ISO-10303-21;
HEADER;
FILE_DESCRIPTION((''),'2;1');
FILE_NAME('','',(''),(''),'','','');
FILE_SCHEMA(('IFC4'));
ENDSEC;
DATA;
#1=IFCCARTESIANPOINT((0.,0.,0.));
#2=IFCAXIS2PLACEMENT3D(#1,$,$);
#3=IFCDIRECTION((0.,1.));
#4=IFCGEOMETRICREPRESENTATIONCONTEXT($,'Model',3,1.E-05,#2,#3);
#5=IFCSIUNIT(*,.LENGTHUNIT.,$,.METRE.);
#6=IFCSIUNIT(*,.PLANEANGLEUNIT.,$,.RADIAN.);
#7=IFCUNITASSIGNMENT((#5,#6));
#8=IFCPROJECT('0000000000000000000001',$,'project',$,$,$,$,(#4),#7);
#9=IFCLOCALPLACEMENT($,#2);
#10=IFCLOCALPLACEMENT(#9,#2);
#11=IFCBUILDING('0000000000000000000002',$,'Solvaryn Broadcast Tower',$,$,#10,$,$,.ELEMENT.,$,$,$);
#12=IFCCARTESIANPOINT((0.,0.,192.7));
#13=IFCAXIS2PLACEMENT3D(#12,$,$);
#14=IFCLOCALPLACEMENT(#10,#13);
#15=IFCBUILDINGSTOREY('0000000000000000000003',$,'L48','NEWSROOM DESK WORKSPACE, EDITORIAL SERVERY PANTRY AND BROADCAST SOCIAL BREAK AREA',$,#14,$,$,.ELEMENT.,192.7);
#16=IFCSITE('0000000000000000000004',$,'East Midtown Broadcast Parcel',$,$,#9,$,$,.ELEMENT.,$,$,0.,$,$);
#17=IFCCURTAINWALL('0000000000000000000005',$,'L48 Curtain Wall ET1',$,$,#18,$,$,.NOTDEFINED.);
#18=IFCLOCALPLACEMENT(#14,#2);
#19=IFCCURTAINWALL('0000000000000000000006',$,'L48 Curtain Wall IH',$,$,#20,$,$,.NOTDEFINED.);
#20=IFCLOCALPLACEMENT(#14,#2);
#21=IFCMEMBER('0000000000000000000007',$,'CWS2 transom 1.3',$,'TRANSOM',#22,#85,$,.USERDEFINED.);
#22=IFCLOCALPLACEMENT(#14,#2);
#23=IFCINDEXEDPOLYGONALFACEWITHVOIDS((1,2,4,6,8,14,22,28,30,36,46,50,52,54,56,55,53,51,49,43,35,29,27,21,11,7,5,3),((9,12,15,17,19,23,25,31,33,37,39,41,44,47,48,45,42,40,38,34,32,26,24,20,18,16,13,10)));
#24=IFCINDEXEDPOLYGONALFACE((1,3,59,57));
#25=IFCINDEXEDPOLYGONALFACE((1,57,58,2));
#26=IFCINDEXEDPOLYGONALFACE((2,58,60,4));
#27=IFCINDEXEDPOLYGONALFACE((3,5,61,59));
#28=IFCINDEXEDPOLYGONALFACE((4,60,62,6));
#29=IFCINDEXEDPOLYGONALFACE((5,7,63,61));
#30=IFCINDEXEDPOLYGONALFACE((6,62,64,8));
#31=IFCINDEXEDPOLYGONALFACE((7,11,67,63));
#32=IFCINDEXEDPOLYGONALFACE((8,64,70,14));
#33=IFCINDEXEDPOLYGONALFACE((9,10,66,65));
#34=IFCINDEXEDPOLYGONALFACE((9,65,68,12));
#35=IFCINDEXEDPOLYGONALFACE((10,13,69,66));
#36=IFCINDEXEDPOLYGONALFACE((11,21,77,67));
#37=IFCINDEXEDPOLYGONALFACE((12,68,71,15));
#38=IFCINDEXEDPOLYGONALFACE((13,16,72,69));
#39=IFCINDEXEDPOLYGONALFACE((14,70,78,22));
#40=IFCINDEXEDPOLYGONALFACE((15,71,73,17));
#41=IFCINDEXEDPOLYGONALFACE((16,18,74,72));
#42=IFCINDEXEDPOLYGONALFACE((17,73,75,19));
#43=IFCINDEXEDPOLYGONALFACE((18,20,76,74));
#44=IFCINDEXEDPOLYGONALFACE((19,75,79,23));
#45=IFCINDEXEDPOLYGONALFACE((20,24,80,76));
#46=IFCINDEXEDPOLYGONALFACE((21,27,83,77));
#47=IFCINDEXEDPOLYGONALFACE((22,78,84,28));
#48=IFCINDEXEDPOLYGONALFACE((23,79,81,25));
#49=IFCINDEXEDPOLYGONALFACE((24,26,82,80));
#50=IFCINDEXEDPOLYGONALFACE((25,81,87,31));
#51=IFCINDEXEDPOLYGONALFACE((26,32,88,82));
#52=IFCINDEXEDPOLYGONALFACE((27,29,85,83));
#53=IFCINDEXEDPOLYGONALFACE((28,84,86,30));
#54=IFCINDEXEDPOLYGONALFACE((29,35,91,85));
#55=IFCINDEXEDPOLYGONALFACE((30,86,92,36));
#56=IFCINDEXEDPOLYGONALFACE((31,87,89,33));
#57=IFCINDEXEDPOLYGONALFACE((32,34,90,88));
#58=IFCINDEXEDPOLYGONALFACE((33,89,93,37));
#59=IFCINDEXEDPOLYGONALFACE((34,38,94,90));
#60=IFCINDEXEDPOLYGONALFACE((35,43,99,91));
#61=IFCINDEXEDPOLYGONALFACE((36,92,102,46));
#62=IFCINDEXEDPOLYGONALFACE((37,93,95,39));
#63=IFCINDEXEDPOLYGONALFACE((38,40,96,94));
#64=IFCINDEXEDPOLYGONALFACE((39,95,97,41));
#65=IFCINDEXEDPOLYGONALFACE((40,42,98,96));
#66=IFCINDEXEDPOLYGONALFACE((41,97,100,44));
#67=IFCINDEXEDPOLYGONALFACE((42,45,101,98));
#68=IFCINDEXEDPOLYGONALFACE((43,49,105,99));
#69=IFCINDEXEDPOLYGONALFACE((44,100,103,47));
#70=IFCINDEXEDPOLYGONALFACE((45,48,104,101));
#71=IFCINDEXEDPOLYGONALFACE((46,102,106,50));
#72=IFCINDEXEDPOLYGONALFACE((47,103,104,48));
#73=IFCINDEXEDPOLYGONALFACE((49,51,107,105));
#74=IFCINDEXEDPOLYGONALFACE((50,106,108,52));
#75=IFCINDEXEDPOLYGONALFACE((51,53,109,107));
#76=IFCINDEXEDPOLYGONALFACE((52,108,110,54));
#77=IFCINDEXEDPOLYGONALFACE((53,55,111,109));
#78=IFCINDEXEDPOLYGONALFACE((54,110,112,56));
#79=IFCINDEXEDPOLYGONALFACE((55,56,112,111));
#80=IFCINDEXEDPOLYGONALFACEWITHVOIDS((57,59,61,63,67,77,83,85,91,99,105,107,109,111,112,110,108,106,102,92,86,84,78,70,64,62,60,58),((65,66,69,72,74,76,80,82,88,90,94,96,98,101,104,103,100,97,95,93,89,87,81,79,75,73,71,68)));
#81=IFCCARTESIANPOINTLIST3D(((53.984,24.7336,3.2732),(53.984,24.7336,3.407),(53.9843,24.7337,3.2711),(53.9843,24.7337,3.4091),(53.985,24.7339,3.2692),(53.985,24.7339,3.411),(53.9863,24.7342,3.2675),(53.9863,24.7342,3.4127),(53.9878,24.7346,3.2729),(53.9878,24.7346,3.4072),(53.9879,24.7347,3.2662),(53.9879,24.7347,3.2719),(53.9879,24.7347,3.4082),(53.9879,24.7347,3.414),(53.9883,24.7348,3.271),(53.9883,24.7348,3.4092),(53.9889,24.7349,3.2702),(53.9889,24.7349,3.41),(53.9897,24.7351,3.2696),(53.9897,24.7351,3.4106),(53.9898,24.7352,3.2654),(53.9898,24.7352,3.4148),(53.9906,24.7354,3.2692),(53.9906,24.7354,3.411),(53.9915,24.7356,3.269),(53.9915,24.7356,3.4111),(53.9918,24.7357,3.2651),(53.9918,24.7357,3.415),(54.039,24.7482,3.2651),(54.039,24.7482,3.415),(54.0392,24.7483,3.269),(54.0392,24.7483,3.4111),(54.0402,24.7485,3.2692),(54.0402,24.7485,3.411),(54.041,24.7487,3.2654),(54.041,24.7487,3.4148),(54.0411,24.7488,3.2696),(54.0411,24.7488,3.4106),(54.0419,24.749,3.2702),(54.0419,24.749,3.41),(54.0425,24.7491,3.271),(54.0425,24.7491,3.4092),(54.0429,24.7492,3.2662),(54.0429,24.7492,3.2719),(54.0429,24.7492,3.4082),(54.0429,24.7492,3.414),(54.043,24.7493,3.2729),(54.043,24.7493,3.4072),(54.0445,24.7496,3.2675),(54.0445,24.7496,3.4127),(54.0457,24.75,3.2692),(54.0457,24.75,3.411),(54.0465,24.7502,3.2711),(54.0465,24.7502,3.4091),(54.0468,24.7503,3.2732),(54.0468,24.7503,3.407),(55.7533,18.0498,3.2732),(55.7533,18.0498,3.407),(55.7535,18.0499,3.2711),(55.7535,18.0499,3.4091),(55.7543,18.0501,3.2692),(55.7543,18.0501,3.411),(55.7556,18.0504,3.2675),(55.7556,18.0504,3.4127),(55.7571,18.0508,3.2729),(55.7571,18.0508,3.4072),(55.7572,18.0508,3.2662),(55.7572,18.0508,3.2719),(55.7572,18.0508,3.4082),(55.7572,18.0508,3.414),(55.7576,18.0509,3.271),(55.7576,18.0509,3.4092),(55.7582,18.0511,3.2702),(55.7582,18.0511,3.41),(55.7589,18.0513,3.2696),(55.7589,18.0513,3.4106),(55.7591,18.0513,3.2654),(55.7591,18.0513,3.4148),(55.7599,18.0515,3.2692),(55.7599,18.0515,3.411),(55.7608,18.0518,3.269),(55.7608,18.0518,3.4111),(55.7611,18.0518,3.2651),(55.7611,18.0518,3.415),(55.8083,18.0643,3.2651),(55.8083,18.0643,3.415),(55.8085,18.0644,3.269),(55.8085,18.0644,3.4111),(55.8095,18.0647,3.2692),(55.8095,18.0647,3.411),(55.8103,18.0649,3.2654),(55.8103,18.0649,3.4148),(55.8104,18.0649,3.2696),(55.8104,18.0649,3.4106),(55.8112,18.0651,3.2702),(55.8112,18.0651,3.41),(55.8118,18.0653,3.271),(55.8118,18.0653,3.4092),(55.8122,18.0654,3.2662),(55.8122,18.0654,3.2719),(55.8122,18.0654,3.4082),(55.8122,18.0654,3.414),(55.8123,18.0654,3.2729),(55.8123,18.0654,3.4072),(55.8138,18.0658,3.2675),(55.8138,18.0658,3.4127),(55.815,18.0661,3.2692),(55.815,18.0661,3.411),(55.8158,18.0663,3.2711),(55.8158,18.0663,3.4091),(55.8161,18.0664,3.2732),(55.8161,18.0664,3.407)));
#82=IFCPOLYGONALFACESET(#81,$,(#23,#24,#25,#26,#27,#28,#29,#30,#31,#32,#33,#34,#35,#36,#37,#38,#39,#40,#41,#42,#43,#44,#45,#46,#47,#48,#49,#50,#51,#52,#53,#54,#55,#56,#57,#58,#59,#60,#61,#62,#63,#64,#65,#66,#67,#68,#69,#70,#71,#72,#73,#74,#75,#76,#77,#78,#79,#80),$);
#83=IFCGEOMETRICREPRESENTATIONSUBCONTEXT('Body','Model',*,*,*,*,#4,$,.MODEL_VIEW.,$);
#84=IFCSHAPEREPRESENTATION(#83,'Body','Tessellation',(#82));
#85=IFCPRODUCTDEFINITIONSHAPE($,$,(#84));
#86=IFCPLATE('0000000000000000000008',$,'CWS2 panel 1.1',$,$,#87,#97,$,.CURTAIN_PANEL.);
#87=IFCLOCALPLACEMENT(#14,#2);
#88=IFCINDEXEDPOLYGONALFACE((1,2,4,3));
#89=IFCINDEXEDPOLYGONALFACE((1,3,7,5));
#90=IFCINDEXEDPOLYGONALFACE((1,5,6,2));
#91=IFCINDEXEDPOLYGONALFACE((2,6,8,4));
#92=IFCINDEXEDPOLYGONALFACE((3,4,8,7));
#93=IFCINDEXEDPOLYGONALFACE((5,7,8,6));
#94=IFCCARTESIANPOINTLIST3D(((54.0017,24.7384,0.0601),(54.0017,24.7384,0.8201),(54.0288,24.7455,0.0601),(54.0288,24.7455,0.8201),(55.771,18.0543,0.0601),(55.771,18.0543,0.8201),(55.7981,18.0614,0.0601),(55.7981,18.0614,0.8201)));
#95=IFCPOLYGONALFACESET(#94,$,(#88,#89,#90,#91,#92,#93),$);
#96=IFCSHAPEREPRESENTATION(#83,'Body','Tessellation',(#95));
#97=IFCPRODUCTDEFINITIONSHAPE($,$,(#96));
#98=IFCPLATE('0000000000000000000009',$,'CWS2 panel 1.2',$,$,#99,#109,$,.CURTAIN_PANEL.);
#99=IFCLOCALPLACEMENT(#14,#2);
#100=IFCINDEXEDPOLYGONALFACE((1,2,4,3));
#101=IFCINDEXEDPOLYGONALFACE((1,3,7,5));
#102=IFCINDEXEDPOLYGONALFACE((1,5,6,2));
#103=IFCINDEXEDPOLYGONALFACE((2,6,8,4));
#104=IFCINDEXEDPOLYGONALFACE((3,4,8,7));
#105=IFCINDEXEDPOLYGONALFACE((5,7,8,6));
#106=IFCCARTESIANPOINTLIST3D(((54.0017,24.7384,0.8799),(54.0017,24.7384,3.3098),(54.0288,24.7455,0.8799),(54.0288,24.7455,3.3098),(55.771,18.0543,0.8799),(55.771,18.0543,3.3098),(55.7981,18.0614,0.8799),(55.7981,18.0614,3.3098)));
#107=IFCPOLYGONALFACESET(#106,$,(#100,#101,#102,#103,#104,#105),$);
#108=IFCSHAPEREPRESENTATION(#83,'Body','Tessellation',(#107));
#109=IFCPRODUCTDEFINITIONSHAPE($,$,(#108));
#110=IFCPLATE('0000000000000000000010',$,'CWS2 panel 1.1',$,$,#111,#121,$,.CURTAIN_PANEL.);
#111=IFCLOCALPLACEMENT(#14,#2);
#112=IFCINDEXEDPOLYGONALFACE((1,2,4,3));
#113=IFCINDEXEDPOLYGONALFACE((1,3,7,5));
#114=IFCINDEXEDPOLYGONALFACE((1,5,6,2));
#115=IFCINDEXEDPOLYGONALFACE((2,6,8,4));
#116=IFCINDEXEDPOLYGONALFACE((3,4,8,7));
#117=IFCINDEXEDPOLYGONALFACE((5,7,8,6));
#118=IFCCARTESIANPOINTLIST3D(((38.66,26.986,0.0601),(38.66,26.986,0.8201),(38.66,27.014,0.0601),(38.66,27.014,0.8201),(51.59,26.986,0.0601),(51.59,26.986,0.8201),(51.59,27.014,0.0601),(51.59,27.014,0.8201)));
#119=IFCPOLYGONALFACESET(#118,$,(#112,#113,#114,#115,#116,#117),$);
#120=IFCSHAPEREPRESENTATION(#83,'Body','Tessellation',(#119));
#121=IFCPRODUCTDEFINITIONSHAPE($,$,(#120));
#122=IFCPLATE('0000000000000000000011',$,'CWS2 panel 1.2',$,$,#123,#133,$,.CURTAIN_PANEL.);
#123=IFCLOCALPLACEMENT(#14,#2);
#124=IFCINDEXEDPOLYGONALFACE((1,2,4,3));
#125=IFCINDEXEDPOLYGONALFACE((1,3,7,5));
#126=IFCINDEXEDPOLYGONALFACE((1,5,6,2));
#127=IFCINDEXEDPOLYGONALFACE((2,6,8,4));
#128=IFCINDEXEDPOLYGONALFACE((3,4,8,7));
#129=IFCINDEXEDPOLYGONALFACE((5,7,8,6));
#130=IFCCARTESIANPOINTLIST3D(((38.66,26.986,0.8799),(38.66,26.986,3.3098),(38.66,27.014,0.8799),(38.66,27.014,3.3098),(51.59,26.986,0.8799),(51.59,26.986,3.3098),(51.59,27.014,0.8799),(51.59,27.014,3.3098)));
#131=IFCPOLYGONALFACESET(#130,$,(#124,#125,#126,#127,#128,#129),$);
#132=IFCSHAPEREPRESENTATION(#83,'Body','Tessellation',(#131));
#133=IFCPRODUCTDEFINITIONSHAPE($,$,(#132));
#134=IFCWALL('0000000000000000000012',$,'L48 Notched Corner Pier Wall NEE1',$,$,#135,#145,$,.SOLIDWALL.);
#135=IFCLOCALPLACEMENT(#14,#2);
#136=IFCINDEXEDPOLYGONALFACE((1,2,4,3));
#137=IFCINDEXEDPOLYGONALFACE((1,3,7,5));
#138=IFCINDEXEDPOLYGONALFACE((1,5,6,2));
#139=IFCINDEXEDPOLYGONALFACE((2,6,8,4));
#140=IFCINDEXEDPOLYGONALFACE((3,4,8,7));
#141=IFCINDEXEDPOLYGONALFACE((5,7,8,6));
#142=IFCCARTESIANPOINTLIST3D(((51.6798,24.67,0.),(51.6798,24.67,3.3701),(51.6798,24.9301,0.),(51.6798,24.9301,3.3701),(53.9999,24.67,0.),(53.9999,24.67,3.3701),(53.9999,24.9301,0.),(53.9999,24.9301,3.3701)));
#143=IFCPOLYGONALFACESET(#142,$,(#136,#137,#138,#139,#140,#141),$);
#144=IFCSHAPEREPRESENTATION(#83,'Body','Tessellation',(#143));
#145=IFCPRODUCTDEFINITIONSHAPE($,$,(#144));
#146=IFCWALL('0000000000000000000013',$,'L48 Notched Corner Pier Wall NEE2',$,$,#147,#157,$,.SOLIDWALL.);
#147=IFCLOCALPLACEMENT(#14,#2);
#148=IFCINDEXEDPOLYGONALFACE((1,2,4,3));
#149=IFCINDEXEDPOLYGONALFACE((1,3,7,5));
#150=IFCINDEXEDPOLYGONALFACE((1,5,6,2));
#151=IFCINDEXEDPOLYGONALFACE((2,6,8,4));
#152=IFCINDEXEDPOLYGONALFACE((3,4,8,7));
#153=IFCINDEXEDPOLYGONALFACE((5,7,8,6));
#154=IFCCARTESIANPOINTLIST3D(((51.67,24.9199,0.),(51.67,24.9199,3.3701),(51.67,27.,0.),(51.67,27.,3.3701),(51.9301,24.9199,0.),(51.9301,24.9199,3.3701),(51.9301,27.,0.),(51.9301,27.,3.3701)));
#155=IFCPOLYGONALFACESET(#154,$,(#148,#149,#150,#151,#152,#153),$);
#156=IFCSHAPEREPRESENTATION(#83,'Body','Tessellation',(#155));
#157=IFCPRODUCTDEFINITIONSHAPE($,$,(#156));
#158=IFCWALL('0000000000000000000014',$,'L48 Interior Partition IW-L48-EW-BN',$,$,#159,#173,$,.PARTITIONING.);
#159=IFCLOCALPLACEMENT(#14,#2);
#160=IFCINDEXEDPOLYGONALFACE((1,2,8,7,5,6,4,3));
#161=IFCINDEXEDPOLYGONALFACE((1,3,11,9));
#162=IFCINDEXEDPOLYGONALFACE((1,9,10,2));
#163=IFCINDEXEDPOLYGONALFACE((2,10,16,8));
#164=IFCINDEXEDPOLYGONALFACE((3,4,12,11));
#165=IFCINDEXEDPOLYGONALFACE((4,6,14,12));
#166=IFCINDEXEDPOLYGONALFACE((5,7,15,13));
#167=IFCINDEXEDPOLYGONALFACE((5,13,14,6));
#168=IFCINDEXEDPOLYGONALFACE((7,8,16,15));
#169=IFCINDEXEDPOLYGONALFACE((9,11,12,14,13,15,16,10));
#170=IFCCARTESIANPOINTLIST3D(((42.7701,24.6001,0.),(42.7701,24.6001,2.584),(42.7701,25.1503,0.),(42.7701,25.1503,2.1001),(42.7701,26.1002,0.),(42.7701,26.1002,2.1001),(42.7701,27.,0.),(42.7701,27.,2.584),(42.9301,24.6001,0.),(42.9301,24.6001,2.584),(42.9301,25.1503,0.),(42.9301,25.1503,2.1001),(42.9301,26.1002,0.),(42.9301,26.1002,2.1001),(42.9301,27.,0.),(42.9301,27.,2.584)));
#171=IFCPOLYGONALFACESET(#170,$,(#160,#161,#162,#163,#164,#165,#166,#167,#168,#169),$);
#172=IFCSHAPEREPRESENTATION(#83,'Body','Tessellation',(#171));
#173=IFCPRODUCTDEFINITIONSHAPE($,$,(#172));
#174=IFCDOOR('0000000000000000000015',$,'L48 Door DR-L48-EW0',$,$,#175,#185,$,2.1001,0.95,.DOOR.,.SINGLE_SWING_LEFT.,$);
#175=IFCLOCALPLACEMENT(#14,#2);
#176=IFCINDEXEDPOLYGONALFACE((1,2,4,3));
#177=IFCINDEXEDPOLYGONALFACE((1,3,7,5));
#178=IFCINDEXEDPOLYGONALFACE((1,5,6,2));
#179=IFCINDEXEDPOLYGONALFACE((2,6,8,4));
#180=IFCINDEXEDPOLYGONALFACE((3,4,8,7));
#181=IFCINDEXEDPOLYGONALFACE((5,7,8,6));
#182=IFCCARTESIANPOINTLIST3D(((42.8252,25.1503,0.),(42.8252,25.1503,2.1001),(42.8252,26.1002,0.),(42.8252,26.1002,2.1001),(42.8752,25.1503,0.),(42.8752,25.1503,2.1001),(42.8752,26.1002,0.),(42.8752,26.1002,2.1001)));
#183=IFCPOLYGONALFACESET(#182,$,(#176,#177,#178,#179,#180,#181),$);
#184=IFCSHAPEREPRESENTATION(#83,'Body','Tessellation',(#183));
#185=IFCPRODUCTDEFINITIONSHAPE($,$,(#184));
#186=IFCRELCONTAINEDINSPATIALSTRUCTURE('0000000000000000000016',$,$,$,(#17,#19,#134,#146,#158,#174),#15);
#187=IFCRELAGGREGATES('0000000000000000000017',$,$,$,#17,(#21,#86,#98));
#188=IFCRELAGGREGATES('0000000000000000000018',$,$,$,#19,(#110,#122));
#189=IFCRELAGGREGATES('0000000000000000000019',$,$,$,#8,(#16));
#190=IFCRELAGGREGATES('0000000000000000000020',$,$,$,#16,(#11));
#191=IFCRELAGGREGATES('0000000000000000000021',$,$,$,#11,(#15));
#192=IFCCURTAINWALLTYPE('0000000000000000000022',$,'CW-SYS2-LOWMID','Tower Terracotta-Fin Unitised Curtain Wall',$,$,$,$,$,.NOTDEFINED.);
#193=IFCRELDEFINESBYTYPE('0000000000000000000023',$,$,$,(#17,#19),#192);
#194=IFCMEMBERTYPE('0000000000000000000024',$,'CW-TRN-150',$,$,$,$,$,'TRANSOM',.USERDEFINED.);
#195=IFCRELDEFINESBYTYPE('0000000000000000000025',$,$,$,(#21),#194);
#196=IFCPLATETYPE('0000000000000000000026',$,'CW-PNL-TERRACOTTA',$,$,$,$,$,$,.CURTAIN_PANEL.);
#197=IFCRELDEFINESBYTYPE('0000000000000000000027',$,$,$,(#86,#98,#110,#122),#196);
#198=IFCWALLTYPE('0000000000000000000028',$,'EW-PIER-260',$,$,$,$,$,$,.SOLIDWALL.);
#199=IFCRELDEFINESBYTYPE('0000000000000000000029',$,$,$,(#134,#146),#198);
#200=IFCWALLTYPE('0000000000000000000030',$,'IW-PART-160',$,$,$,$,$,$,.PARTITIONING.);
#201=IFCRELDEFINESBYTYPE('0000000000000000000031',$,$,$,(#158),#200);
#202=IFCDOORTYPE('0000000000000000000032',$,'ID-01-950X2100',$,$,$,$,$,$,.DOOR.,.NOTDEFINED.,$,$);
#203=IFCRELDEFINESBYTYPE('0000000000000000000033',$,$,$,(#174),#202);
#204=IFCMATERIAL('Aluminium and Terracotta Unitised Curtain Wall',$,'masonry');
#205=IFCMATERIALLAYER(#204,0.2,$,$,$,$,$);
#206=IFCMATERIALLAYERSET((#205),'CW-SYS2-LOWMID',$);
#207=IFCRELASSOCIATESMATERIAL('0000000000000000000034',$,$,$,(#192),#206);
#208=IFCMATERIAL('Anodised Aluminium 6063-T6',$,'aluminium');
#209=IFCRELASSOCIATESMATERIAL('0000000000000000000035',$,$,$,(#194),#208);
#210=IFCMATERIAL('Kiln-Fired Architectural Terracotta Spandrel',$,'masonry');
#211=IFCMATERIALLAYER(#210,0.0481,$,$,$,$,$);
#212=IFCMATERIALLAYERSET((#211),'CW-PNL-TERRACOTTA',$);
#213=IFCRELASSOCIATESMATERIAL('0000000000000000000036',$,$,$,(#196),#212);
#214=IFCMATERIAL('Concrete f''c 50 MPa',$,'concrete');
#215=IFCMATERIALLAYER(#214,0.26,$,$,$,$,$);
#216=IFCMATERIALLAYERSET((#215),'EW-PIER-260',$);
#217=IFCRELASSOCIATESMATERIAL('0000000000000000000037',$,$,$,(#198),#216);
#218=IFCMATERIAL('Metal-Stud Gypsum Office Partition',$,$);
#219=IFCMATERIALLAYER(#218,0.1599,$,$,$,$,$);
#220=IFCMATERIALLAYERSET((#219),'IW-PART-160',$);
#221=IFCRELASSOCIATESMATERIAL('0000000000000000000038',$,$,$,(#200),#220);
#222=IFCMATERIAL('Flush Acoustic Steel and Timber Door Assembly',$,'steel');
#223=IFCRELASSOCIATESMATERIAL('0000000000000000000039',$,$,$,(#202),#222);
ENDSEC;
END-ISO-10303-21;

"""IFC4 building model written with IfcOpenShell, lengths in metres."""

from ifc_helpers import new_model, si_unit, direction, frame, frame_2d, origin, origin_2d, place, context, subcontext, project, spatial, rectangle, hollow_rectangle, extrude, material, layer, layer_set, material_profile, profile_set, type_object, element, fill, aggregate, save


model = new_model("IFC4")

# Units and contexts
model_context = context("Model", 3, precision=1e-05, world=origin(), true_north=direction((0.0, 1.0)))
body_context = subcontext(model_context, "Body", "Model", "MODEL_VIEW")
ifc_project = project(units=[si_unit("LENGTHUNIT", "METRE"), si_unit("PLANEANGLEUNIT", "RADIAN")], contexts=[model_context])

# Site, building, storey
site_placement = place(None, origin())
site = spatial("IfcSite", under=ifc_project, at=site_placement, Name="East Midtown Broadcast Parcel", CompositionType="ELEMENT", RefElevation=0.0)
building_placement = place(site_placement, origin())
building = spatial("IfcBuilding", under=site, at=building_placement, Name="Solvaryn Broadcast Tower", CompositionType="ELEMENT")
storey_placement = place(building_placement, frame((0.0, 0.0, 192.7)))
storey = spatial("IfcBuildingStorey", under=building, at=storey_placement, Name="L48", Description="NEWSROOM DESK WORKSPACE, EDITORIAL SERVERY PANTRY AND BROADCAST SOCIAL BREAK AREA", CompositionType="ELEMENT", Elevation=192.7)

# Curtain walls
ifc_material_1 = material(Name="Aluminium and Terracotta Unitised Curtain Wall", Category="masonry")
ifc_layer_1 = layer(ifc_material_1, 0.2)
ifc_layer_set_1 = layer_set([ifc_layer_1], Name="CW-SYS2-LOWMID")
curtain_wall_type = type_object("IfcCurtainWallType", Name="CW-SYS2-LOWMID", Description="Tower Terracotta-Fin Unitised Curtain Wall", PredefinedType="NOTDEFINED", material=ifc_layer_set_1)
curtain_wall_1_placement = place(storey_placement, origin())
curtain_wall_1 = element("IfcCurtainWall", 1, at=curtain_wall_1_placement, inside=storey, type_object=curtain_wall_type, Name="L48 Curtain Wall ET1", PredefinedType="NOTDEFINED")
curtain_wall_2_placement = place(storey_placement, origin())
curtain_wall_2 = element("IfcCurtainWall", 2, at=curtain_wall_2_placement, inside=storey, type_object=curtain_wall_type, Name="L48 Curtain Wall IH", PredefinedType="NOTDEFINED")

# Member
ifc_material_2 = material(Name="Anodised Aluminium 6063-T6", Category="aluminium")
ifc_material_profile_1 = material_profile(ifc_material_2, hollow_rectangle(XDim=0.0649, YDim=0.1499, WallThickness=0.0039, InnerFilletRadius=0.0039, OuterFilletRadius=0.0081, at=origin_2d()))
ifc_profile_set_1 = profile_set([ifc_material_profile_1], Name="Anodised Aluminium 6063-T6")
member_type_1 = type_object("IfcMemberType", Name="CW-TRN-150", ElementType="TRANSOM", PredefinedType="USERDEFINED", material=ifc_profile_set_1)
member_1_placement = place(storey_placement, frame((54.0154, 24.7419, 3.3401), z_axis=(0.255897, -0.966704, 0.0), x_axis=(0.966704, 0.255897, 0.0)))
member_1 = element("IfcMember", 3, at=member_1_placement, type_object=member_type_1, Name="CWS2 transom 1.3", ObjectType="TRANSOM", PredefinedType="USERDEFINED", context=body_context, shape_type="SweptSolid", body=[
    extrude(hollow_rectangle(XDim=0.0649, YDim=0.1499, WallThickness=0.0039, InnerFilletRadius=0.0039, OuterFilletRadius=0.0081, at=origin_2d()), origin(), (0.0, 0.0, 1.0), 6.9141),
])

# Plates
ifc_material_3 = material(Name="Kiln-Fired Architectural Terracotta Spandrel", Category="masonry")
ifc_layer_2 = layer(ifc_material_3, 0.0481)
ifc_layer_set_2 = layer_set([ifc_layer_2], Name="CW-PNL-TERRACOTTA")
plate_type = type_object("IfcPlateType", Name="CW-PNL-TERRACOTTA", PredefinedType="CURTAIN_PANEL", material=ifc_layer_set_2)
plate_1_placement = place(storey_placement, frame((54.8999, 21.3999, 0.0601), z_axis=(0.0, 0.0, 1.0), x_axis=(0.255893, -0.966705, 0.0)))
plate_1 = element("IfcPlate", 4, at=plate_1_placement, type_object=plate_type, Name="CWS2 panel 1.1", PredefinedType="CURTAIN_PANEL", context=body_context, shape_type="SweptSolid", body=[
    extrude(rectangle(XDim=6.9143, YDim=0.0281, at=origin_2d()), origin(), (0.0, 0.0, 1.0), 0.76),
])
plate_2_placement = place(storey_placement, frame((54.8999, 21.3999, 0.8799), z_axis=(0.0, 0.0, 1.0), x_axis=(0.255893, -0.966705, 0.0)))
plate_2 = element("IfcPlate", 5, at=plate_2_placement, type_object=plate_type, Name="CWS2 panel 1.2", PredefinedType="CURTAIN_PANEL", context=body_context, shape_type="SweptSolid", body=[
    extrude(rectangle(XDim=6.9143, YDim=0.0281, at=origin_2d()), origin(), (0.0, 0.0, 1.0), 2.4299),
])
aggregate(curtain_wall_1, [member_1, plate_1, plate_2])
plate_3_placement = place(storey_placement, frame((45.125, 27.0, 0.0601), z_axis=(0.0, 0.0, 1.0), x_axis=(1.0, 0.0, 0.0)))
plate_3 = element("IfcPlate", 6, at=plate_3_placement, type_object=plate_type, Name="CWS2 panel 1.1", PredefinedType="CURTAIN_PANEL", context=body_context, shape_type="SweptSolid", body=[
    extrude(rectangle(XDim=12.9299, YDim=0.0281, at=origin_2d()), origin(), (0.0, 0.0, 1.0), 0.76),
])
plate_4_placement = place(storey_placement, frame((45.125, 27.0, 0.8799), z_axis=(0.0, 0.0, 1.0), x_axis=(1.0, 0.0, 0.0)))
plate_4 = element("IfcPlate", 7, at=plate_4_placement, type_object=plate_type, Name="CWS2 panel 1.2", PredefinedType="CURTAIN_PANEL", context=body_context, shape_type="SweptSolid", body=[
    extrude(rectangle(XDim=12.9299, YDim=0.0281, at=origin_2d()), origin(), (0.0, 0.0, 1.0), 2.4299),
])
aggregate(curtain_wall_2, [plate_3, plate_4])

# Walls
ifc_material_4 = material(Name="Concrete f'c 50 MPa", Category="concrete")
ifc_layer_3 = layer(ifc_material_4, 0.26)
ifc_layer_set_3 = layer_set([ifc_layer_3], Name="EW-PIER-260")
wall_type_1 = type_object("IfcWallType", Name="EW-PIER-260", PredefinedType="SOLIDWALL", material=ifc_layer_set_3)
wall_1_placement = place(storey_placement, frame((54.0, 24.8, 0.0), z_axis=(0.0, 0.0, 1.0), x_axis=(-1.0, 0.0, 0.0)))
element("IfcWall", 8, at=wall_1_placement, inside=storey, type_object=wall_type_1, Name="L48 Notched Corner Pier Wall NEE1", PredefinedType="SOLIDWALL", context=body_context, shape_type="SweptSolid", body=[
    extrude(rectangle(XDim=2.3201, YDim=0.26, at=frame_2d((1.1602, 0.0))), origin(), (0.0, 0.0, 1.0), 3.3701),
])
wall_2_placement = place(storey_placement, frame((51.8, 24.9199, 0.0), z_axis=(0.0, 0.0, 1.0), x_axis=(0.0, 1.0, 0.0)))
element("IfcWall", 9, at=wall_2_placement, inside=storey, type_object=wall_type_1, Name="L48 Notched Corner Pier Wall NEE2", PredefinedType="SOLIDWALL", context=body_context, shape_type="SweptSolid", body=[
    extrude(rectangle(XDim=2.0801, YDim=0.26, at=frame_2d((1.04, 0.0))), origin(), (0.0, 0.0, 1.0), 3.3701),
])

# Wall, opening, door
ifc_material_5 = material(Name="Metal-Stud Gypsum Office Partition")
ifc_layer_4 = layer(ifc_material_5, 0.1599)
ifc_layer_set_4 = layer_set([ifc_layer_4], Name="IW-PART-160")
wall_type_2 = type_object("IfcWallType", Name="IW-PART-160", PredefinedType="PARTITIONING", material=ifc_layer_set_4)
wall_3_placement = place(storey_placement, frame((42.8501, 24.6001, 0.0), z_axis=(0.0, 0.0, 1.0), x_axis=(0.0, 1.0, 0.0)))
wall_3 = element("IfcWall", 10, at=wall_3_placement, inside=storey, type_object=wall_type_2, Name="L48 Interior Partition IW-L48-EW-BN", PredefinedType="PARTITIONING", context=body_context, shape_type="SweptSolid", body=[
    extrude(rectangle(XDim=2.3999, YDim=0.1599, at=frame_2d((1.2, 0.0))), origin(), (0.0, 0.0, 1.0), 2.584),
])
opening_1_placement = place(wall_3_placement, frame((0.55, 0.0, 0.0)))
opening_1 = element("IfcOpeningElement", 11, at=opening_1_placement, cuts=wall_3, PredefinedType="OPENING", context=body_context, shape_type="SweptSolid", body=[
    extrude(rectangle(XDim=0.95, YDim=2.1001, at=frame_2d((0.4751, 1.05))), frame((0.0, 0.0901, 0.0), z_axis=(0.0, -1.0, 0.0), x_axis=(1.0, 0.0, 0.0)), (0.0, 0.0, 1.0), 0.1799),
])
ifc_material_6 = material(Name="Flush Acoustic Steel and Timber Door Assembly", Category="steel")
door_type_1 = type_object("IfcDoorType", Name="ID-01-950X2100", OperationType="NOTDEFINED", PredefinedType="DOOR", material=ifc_material_6)
door_1_placement = place(opening_1_placement, origin())
door_1 = element("IfcDoor", 12, at=door_1_placement, inside=storey, type_object=door_type_1, Name="L48 Door DR-L48-EW0", OperationType="SINGLE_SWING_LEFT", OverallHeight=2.1001, OverallWidth=0.95, PredefinedType="DOOR", context=body_context, shape_type="SweptSolid", body=[
    extrude(rectangle(XDim=0.95, YDim=2.1001, at=frame_2d((0.4751, 1.05))), frame((0.0, 0.0249, 0.0), z_axis=(0.0, -1.0, 0.0), x_axis=(1.0, 0.0, 0.0)), (0.0, 0.0, 1.0), 0.05),
])
fill(opening_1, door_1)

save(model, "model.ifc")
